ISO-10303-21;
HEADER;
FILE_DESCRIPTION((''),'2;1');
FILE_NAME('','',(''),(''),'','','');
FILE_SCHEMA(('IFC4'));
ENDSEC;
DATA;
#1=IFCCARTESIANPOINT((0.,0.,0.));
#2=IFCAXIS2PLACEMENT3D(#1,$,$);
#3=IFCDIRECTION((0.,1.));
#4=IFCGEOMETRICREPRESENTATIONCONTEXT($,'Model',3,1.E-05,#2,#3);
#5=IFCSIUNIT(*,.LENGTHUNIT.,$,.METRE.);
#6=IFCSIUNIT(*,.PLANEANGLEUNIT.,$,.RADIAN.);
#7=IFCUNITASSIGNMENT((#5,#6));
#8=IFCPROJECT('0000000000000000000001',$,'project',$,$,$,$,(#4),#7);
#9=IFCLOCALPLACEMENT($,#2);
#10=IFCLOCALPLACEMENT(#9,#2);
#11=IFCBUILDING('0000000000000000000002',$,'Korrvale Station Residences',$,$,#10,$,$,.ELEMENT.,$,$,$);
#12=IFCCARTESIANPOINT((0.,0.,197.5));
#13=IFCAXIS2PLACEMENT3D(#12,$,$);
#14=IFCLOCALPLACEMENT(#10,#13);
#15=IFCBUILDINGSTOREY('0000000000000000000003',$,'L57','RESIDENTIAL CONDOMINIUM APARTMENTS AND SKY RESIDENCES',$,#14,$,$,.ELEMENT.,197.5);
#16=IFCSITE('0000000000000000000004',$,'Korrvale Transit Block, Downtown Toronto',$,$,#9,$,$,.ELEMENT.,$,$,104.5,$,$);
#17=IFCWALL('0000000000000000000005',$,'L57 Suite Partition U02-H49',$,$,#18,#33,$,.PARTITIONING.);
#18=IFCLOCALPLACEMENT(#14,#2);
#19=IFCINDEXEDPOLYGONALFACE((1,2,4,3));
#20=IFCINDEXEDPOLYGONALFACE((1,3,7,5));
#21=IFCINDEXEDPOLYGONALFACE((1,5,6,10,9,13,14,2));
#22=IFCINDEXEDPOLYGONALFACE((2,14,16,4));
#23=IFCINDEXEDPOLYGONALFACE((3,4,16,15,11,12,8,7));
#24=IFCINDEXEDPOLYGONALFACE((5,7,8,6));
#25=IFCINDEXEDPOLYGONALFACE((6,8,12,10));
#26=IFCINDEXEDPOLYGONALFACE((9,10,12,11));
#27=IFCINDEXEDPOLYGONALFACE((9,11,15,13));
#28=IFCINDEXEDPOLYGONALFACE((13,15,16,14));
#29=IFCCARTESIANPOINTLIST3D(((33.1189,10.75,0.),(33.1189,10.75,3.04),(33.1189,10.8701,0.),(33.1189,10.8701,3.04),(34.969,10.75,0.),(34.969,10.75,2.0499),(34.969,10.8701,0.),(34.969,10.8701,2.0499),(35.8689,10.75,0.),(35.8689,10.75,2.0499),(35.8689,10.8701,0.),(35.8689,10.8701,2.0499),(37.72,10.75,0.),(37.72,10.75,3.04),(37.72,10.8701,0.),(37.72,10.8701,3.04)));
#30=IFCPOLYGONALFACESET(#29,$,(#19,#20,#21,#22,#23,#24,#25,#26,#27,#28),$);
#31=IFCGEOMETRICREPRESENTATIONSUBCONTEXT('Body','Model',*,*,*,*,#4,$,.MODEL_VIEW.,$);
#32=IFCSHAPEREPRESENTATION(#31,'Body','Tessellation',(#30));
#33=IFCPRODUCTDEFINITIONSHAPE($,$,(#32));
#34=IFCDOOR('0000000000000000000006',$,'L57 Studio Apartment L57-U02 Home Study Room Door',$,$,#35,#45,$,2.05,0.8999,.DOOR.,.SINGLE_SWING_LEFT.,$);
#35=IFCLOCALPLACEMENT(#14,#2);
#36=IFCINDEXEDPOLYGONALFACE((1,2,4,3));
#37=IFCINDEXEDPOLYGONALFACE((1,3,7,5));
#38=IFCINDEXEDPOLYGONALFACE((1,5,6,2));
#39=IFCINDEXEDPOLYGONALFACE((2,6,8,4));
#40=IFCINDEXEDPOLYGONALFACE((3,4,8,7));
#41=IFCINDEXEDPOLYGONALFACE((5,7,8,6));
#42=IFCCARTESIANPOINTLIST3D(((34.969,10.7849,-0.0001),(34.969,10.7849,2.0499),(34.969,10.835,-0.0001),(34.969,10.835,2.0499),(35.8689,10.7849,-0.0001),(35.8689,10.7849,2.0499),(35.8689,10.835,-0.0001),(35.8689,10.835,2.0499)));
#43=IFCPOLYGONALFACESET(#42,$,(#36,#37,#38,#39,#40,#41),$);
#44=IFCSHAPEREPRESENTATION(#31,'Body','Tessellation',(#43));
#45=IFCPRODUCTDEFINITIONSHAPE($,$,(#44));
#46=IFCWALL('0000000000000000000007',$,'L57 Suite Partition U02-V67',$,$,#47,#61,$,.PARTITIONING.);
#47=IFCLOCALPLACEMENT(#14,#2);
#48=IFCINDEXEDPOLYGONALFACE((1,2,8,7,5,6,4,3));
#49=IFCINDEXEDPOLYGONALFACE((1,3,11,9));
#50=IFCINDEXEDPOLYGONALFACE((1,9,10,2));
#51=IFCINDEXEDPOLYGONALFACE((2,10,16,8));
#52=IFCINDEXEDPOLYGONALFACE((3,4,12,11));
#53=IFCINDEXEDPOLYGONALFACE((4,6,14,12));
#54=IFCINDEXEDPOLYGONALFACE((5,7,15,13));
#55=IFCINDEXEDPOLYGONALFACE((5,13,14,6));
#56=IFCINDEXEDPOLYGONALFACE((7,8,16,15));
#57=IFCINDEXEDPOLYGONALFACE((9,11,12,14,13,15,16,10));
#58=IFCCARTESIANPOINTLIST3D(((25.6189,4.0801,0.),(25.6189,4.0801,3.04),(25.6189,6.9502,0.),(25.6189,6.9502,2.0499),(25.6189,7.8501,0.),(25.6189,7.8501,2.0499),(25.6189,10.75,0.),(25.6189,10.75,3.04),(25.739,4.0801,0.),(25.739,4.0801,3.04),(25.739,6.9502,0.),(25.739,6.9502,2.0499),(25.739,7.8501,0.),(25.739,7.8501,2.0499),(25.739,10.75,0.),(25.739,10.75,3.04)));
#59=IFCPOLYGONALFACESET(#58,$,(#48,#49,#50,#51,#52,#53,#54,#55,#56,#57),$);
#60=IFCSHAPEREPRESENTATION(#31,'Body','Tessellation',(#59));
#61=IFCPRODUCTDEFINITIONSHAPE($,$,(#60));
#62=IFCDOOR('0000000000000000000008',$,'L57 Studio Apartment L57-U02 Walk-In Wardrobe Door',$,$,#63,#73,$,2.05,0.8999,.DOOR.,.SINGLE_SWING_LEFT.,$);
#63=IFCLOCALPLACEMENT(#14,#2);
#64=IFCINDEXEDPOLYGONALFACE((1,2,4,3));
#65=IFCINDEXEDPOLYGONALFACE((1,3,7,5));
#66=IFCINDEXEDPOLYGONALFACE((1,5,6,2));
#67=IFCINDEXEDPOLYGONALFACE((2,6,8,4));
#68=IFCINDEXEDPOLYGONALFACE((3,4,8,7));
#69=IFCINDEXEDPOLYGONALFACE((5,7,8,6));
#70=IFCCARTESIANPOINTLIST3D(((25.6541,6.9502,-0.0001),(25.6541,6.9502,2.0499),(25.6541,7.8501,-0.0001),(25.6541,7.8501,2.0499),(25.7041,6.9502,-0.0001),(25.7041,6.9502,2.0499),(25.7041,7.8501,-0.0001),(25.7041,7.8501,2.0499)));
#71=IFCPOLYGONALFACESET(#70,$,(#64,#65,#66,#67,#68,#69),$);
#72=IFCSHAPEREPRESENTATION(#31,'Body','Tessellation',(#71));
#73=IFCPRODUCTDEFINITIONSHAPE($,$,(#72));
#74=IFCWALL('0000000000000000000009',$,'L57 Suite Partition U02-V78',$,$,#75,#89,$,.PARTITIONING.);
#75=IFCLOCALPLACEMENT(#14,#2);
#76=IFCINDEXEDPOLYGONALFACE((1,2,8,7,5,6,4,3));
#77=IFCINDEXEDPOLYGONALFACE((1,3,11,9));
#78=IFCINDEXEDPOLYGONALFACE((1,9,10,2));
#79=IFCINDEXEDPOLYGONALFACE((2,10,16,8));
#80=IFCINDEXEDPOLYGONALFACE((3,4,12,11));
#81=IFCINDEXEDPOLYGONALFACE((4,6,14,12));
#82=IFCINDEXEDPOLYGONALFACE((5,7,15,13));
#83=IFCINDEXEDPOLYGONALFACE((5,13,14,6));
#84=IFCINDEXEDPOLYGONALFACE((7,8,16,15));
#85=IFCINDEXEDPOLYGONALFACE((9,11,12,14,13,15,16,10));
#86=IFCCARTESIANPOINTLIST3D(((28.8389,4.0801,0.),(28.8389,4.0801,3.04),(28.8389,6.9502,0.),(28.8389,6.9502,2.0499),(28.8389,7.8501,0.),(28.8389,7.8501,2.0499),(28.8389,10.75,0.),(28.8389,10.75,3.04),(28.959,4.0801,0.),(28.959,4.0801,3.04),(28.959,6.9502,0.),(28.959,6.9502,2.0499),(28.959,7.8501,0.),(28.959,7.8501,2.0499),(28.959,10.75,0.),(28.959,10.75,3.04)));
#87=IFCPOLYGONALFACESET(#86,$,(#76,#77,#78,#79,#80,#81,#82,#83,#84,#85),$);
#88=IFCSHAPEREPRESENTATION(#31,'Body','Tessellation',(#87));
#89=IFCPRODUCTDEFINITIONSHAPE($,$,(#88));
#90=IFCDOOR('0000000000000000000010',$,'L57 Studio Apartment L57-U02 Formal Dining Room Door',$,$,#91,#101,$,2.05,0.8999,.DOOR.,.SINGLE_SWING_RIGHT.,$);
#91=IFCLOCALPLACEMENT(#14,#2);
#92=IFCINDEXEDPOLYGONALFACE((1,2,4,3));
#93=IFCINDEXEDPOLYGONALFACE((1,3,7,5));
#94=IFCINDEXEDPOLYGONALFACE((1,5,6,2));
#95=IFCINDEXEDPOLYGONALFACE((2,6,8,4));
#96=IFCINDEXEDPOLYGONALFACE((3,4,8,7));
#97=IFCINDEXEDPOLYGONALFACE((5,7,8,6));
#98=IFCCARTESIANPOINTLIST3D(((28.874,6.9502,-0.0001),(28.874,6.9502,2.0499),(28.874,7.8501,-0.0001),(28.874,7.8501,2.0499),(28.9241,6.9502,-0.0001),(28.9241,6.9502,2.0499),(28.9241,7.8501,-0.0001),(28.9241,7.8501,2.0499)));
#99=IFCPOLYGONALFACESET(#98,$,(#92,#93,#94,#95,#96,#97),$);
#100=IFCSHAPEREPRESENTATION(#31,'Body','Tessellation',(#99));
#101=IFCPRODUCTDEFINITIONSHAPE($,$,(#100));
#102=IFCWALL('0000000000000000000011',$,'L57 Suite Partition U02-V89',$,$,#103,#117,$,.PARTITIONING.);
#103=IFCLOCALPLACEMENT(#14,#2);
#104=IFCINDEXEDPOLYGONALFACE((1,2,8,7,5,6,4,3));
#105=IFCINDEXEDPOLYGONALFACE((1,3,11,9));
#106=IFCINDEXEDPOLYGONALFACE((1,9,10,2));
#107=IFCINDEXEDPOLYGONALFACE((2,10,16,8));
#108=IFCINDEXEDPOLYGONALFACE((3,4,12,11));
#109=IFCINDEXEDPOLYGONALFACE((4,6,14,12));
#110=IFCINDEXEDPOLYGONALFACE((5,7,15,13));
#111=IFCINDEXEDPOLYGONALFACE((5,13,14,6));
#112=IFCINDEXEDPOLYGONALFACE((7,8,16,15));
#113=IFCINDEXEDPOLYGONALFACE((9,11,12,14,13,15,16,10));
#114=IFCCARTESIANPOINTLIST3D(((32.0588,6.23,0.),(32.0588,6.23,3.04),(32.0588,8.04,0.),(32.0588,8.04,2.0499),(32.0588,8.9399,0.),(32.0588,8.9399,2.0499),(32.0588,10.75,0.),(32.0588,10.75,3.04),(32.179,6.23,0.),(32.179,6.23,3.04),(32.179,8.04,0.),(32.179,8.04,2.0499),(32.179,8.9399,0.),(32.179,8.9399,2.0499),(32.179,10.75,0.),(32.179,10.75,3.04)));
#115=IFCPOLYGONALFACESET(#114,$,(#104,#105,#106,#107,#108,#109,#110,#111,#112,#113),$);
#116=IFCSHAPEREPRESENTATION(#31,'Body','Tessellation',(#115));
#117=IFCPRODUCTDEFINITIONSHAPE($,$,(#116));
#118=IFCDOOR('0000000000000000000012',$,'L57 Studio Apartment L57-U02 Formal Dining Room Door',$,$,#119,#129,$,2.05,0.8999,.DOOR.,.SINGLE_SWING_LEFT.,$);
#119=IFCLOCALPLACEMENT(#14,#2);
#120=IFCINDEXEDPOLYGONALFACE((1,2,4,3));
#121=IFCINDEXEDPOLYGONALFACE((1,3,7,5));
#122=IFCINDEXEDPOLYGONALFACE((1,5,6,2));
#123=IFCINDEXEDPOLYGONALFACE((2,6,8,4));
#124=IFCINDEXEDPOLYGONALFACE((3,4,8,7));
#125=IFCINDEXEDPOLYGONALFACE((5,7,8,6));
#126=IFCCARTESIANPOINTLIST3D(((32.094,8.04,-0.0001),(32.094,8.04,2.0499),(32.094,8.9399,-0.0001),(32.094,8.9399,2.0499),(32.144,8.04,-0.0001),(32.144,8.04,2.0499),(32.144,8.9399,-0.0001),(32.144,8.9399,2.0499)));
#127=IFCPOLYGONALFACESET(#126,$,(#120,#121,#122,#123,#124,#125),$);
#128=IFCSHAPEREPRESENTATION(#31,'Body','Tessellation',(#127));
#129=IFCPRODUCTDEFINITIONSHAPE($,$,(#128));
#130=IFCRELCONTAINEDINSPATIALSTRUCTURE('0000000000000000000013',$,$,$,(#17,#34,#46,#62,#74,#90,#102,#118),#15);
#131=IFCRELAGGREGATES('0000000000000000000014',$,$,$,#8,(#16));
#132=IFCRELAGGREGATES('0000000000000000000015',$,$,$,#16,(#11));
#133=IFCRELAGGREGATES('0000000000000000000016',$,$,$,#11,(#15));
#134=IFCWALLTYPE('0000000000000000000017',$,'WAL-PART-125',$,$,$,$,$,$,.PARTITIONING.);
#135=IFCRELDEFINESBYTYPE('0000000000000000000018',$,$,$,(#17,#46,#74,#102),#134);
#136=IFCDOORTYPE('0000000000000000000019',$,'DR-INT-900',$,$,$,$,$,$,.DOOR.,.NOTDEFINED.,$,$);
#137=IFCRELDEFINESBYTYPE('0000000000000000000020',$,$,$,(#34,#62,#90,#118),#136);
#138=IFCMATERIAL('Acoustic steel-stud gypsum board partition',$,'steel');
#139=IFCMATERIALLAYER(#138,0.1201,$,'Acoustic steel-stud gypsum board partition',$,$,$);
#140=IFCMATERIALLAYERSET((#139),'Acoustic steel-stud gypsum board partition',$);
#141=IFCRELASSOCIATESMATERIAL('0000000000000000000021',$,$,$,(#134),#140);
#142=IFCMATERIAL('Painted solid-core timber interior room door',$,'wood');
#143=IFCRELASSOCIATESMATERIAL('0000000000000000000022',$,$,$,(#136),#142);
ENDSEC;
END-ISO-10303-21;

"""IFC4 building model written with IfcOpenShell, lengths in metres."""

from ifc_helpers import new_model, si_unit, direction, frame, frame_2d, origin, place, context, subcontext, project, spatial, rectangle, extrude, material, layer, layer_set, type_object, element, fill, save


model = new_model("IFC4")

# Units and contexts
model_context = context("Model", 3, precision=1e-05, world=origin(), true_north=direction((0.0, 1.0)))
body_context = subcontext(model_context, "Body", "Model", "MODEL_VIEW")
ifc_project = project(units=[si_unit("LENGTHUNIT", "METRE"), si_unit("PLANEANGLEUNIT", "RADIAN")], contexts=[model_context])

# Site, building, storey
site_placement = place(None, origin())
site = spatial("IfcSite", under=ifc_project, at=site_placement, Name="Korrvale Transit Block, Downtown Toronto", CompositionType="ELEMENT", RefElevation=104.5)
building_placement = place(site_placement, origin())
building = spatial("IfcBuilding", under=site, at=building_placement, Name="Korrvale Station Residences", CompositionType="ELEMENT")
storey_placement = place(building_placement, frame((0.0, 0.0, 197.5)))
storey = spatial("IfcBuildingStorey", under=building, at=storey_placement, Name="L57", Description="RESIDENTIAL CONDOMINIUM APARTMENTS AND SKY RESIDENCES", CompositionType="ELEMENT", Elevation=197.5)

# Shared definitions
ifc_material_1 = material(Name="Acoustic steel-stud gypsum board partition", Category="steel")
ifc_layer_1 = layer(ifc_material_1, 0.1201, Name="Acoustic steel-stud gypsum board partition")
ifc_layer_set_1 = layer_set([ifc_layer_1], Name="Acoustic steel-stud gypsum board partition")
wall_type_1 = type_object("IfcWallType", Name="WAL-PART-125", PredefinedType="PARTITIONING", material=ifc_layer_set_1)

# Shared definitions
ifc_material_2 = material(Name="Painted solid-core timber interior room door", Category="wood")
door_type = type_object("IfcDoorType", Name="DR-INT-900", OperationType="NOTDEFINED", PredefinedType="DOOR", material=ifc_material_2)

# Walls, openings, doors
wall_1_placement = place(storey_placement, frame((33.1189, 10.8101, 0.0), z_axis=(0.0, 0.0, 1.0), x_axis=(1.0, 0.0, 0.0)))
wall_1 = element("IfcWall", 1, at=wall_1_placement, inside=storey, type_object=wall_type_1, Name="L57 Suite Partition U02-H49", PredefinedType="PARTITIONING", context=body_context, shape_type="SweptSolid", body=[
    extrude(rectangle(XDim=4.6011, YDim=0.1201, at=frame_2d((2.3005, 0.0))), origin(), (0.0, 0.0, 1.0), 3.04),
])
opening_1_placement = place(wall_1_placement, frame((1.8501, 0.0, 0.0)))
opening_1 = element("IfcOpeningElement", 2, at=opening_1_placement, cuts=wall_1, PredefinedType="OPENING", context=body_context, shape_type="SweptSolid", body=[
    extrude(rectangle(XDim=0.8999, YDim=2.05, at=frame_2d((0.45, 1.0249))), frame((0.0, 0.0701, 0.0), z_axis=(0.0, -1.0, 0.0), x_axis=(1.0, 0.0, 0.0)), (0.0, 0.0, 1.0), 0.1401),
])
door_1_placement = place(opening_1_placement, origin())
door_1 = element("IfcDoor", 3, at=door_1_placement, inside=storey, type_object=door_type, Name="L57 Studio Apartment L57-U02 Home Study Room Door", OperationType="SINGLE_SWING_LEFT", OverallHeight=2.05, OverallWidth=0.8999, PredefinedType="DOOR", context=body_context, shape_type="SweptSolid", body=[
    extrude(rectangle(XDim=0.8999, YDim=2.05, at=frame_2d((0.45, 1.0249))), frame((0.0, 0.0249, 0.0), z_axis=(0.0, -1.0, 0.0), x_axis=(1.0, 0.0, 0.0)), (0.0, 0.0, 1.0), 0.05),
])
fill(opening_1, door_1)
wall_2_placement = place(storey_placement, frame((25.679, 4.0801, 0.0), z_axis=(0.0, 0.0, 1.0), x_axis=(0.0, 1.0, 0.0)))
wall_2 = element("IfcWall", 4, at=wall_2_placement, inside=storey, type_object=wall_type_1, Name="L57 Suite Partition U02-V67", PredefinedType="PARTITIONING", context=body_context, shape_type="SweptSolid", body=[
    extrude(rectangle(XDim=6.6699, YDim=0.1201, at=frame_2d((3.335, 0.0))), origin(), (0.0, 0.0, 1.0), 3.04),
])
opening_2_placement = place(wall_2_placement, frame((2.8701, 0.0, 0.0)))
opening_2 = element("IfcOpeningElement", 5, at=opening_2_placement, cuts=wall_2, PredefinedType="OPENING", context=body_context, shape_type="SweptSolid", body=[
    extrude(rectangle(XDim=0.8999, YDim=2.05, at=frame_2d((0.45, 1.0249))), frame((0.0, 0.0701, 0.0), z_axis=(0.0, -1.0, 0.0), x_axis=(1.0, 0.0, 0.0)), (0.0, 0.0, 1.0), 0.1401),
])
door_2_placement = place(opening_2_placement, origin())
door_2 = element("IfcDoor", 6, at=door_2_placement, inside=storey, type_object=door_type, Name="L57 Studio Apartment L57-U02 Walk-In Wardrobe Door", OperationType="SINGLE_SWING_LEFT", OverallHeight=2.05, OverallWidth=0.8999, PredefinedType="DOOR", context=body_context, shape_type="SweptSolid", body=[
    extrude(rectangle(XDim=0.8999, YDim=2.05, at=frame_2d((0.45, 1.0249))), frame((0.0, 0.0249, 0.0), z_axis=(0.0, -1.0, 0.0), x_axis=(1.0, 0.0, 0.0)), (0.0, 0.0, 1.0), 0.05),
])
fill(opening_2, door_2)
wall_3_placement = place(storey_placement, frame((28.8989, 4.0801, 0.0), z_axis=(0.0, 0.0, 1.0), x_axis=(0.0, 1.0, 0.0)))
wall_3 = element("IfcWall", 7, at=wall_3_placement, inside=storey, type_object=wall_type_1, Name="L57 Suite Partition U02-V78", PredefinedType="PARTITIONING", context=body_context, shape_type="SweptSolid", body=[
    extrude(rectangle(XDim=6.6699, YDim=0.1201, at=frame_2d((3.335, 0.0))), origin(), (0.0, 0.0, 1.0), 3.04),
])
opening_3_placement = place(wall_3_placement, frame((2.8701, 0.0, 0.0)))
opening_3 = element("IfcOpeningElement", 8, at=opening_3_placement, cuts=wall_3, PredefinedType="OPENING", context=body_context, shape_type="SweptSolid", body=[
    extrude(rectangle(XDim=0.8999, YDim=2.05, at=frame_2d((0.45, 1.0249))), frame((0.0, 0.0701, 0.0), z_axis=(0.0, -1.0, 0.0), x_axis=(1.0, 0.0, 0.0)), (0.0, 0.0, 1.0), 0.1401),
])
door_3_placement = place(opening_3_placement, origin())
door_3 = element("IfcDoor", 9, at=door_3_placement, inside=storey, type_object=door_type, Name="L57 Studio Apartment L57-U02 Formal Dining Room Door", OperationType="SINGLE_SWING_RIGHT", OverallHeight=2.05, OverallWidth=0.8999, PredefinedType="DOOR", context=body_context, shape_type="SweptSolid", body=[
    extrude(rectangle(XDim=0.8999, YDim=2.05, at=frame_2d((0.45, 1.0249))), frame((0.0, 0.0249, 0.0), z_axis=(0.0, -1.0, 0.0), x_axis=(1.0, 0.0, 0.0)), (0.0, 0.0, 1.0), 0.05),
])
fill(opening_3, door_3)
wall_4_placement = place(storey_placement, frame((32.1189, 6.23, 0.0), z_axis=(0.0, 0.0, 1.0), x_axis=(0.0, 1.0, 0.0)))
wall_4 = element("IfcWall", 10, at=wall_4_placement, inside=storey, type_object=wall_type_1, Name="L57 Suite Partition U02-V89", PredefinedType="PARTITIONING", context=body_context, shape_type="SweptSolid", body=[
    extrude(rectangle(XDim=4.52, YDim=0.1201, at=frame_2d((2.26, 0.0))), origin(), (0.0, 0.0, 1.0), 3.04),
])
opening_4_placement = place(wall_4_placement, frame((1.8101, 0.0, 0.0)))
opening_4 = element("IfcOpeningElement", 11, at=opening_4_placement, cuts=wall_4, PredefinedType="OPENING", context=body_context, shape_type="SweptSolid", body=[
    extrude(rectangle(XDim=0.8999, YDim=2.05, at=frame_2d((0.45, 1.0249))), frame((0.0, 0.0701, 0.0), z_axis=(0.0, -1.0, 0.0), x_axis=(1.0, 0.0, 0.0)), (0.0, 0.0, 1.0), 0.1401),
])
door_4_placement = place(opening_4_placement, origin())
door_4 = element("IfcDoor", 12, at=door_4_placement, inside=storey, type_object=door_type, Name="L57 Studio Apartment L57-U02 Formal Dining Room Door", OperationType="SINGLE_SWING_LEFT", OverallHeight=2.05, OverallWidth=0.8999, PredefinedType="DOOR", context=body_context, shape_type="SweptSolid", body=[
    extrude(rectangle(XDim=0.8999, YDim=2.05, at=frame_2d((0.45, 1.0249))), frame((0.0, 0.0249, 0.0), z_axis=(0.0, -1.0, 0.0), x_axis=(1.0, 0.0, 0.0)), (0.0, 0.0, 1.0), 0.05),
])
fill(opening_4, door_4)

save(model, "model.ifc")
